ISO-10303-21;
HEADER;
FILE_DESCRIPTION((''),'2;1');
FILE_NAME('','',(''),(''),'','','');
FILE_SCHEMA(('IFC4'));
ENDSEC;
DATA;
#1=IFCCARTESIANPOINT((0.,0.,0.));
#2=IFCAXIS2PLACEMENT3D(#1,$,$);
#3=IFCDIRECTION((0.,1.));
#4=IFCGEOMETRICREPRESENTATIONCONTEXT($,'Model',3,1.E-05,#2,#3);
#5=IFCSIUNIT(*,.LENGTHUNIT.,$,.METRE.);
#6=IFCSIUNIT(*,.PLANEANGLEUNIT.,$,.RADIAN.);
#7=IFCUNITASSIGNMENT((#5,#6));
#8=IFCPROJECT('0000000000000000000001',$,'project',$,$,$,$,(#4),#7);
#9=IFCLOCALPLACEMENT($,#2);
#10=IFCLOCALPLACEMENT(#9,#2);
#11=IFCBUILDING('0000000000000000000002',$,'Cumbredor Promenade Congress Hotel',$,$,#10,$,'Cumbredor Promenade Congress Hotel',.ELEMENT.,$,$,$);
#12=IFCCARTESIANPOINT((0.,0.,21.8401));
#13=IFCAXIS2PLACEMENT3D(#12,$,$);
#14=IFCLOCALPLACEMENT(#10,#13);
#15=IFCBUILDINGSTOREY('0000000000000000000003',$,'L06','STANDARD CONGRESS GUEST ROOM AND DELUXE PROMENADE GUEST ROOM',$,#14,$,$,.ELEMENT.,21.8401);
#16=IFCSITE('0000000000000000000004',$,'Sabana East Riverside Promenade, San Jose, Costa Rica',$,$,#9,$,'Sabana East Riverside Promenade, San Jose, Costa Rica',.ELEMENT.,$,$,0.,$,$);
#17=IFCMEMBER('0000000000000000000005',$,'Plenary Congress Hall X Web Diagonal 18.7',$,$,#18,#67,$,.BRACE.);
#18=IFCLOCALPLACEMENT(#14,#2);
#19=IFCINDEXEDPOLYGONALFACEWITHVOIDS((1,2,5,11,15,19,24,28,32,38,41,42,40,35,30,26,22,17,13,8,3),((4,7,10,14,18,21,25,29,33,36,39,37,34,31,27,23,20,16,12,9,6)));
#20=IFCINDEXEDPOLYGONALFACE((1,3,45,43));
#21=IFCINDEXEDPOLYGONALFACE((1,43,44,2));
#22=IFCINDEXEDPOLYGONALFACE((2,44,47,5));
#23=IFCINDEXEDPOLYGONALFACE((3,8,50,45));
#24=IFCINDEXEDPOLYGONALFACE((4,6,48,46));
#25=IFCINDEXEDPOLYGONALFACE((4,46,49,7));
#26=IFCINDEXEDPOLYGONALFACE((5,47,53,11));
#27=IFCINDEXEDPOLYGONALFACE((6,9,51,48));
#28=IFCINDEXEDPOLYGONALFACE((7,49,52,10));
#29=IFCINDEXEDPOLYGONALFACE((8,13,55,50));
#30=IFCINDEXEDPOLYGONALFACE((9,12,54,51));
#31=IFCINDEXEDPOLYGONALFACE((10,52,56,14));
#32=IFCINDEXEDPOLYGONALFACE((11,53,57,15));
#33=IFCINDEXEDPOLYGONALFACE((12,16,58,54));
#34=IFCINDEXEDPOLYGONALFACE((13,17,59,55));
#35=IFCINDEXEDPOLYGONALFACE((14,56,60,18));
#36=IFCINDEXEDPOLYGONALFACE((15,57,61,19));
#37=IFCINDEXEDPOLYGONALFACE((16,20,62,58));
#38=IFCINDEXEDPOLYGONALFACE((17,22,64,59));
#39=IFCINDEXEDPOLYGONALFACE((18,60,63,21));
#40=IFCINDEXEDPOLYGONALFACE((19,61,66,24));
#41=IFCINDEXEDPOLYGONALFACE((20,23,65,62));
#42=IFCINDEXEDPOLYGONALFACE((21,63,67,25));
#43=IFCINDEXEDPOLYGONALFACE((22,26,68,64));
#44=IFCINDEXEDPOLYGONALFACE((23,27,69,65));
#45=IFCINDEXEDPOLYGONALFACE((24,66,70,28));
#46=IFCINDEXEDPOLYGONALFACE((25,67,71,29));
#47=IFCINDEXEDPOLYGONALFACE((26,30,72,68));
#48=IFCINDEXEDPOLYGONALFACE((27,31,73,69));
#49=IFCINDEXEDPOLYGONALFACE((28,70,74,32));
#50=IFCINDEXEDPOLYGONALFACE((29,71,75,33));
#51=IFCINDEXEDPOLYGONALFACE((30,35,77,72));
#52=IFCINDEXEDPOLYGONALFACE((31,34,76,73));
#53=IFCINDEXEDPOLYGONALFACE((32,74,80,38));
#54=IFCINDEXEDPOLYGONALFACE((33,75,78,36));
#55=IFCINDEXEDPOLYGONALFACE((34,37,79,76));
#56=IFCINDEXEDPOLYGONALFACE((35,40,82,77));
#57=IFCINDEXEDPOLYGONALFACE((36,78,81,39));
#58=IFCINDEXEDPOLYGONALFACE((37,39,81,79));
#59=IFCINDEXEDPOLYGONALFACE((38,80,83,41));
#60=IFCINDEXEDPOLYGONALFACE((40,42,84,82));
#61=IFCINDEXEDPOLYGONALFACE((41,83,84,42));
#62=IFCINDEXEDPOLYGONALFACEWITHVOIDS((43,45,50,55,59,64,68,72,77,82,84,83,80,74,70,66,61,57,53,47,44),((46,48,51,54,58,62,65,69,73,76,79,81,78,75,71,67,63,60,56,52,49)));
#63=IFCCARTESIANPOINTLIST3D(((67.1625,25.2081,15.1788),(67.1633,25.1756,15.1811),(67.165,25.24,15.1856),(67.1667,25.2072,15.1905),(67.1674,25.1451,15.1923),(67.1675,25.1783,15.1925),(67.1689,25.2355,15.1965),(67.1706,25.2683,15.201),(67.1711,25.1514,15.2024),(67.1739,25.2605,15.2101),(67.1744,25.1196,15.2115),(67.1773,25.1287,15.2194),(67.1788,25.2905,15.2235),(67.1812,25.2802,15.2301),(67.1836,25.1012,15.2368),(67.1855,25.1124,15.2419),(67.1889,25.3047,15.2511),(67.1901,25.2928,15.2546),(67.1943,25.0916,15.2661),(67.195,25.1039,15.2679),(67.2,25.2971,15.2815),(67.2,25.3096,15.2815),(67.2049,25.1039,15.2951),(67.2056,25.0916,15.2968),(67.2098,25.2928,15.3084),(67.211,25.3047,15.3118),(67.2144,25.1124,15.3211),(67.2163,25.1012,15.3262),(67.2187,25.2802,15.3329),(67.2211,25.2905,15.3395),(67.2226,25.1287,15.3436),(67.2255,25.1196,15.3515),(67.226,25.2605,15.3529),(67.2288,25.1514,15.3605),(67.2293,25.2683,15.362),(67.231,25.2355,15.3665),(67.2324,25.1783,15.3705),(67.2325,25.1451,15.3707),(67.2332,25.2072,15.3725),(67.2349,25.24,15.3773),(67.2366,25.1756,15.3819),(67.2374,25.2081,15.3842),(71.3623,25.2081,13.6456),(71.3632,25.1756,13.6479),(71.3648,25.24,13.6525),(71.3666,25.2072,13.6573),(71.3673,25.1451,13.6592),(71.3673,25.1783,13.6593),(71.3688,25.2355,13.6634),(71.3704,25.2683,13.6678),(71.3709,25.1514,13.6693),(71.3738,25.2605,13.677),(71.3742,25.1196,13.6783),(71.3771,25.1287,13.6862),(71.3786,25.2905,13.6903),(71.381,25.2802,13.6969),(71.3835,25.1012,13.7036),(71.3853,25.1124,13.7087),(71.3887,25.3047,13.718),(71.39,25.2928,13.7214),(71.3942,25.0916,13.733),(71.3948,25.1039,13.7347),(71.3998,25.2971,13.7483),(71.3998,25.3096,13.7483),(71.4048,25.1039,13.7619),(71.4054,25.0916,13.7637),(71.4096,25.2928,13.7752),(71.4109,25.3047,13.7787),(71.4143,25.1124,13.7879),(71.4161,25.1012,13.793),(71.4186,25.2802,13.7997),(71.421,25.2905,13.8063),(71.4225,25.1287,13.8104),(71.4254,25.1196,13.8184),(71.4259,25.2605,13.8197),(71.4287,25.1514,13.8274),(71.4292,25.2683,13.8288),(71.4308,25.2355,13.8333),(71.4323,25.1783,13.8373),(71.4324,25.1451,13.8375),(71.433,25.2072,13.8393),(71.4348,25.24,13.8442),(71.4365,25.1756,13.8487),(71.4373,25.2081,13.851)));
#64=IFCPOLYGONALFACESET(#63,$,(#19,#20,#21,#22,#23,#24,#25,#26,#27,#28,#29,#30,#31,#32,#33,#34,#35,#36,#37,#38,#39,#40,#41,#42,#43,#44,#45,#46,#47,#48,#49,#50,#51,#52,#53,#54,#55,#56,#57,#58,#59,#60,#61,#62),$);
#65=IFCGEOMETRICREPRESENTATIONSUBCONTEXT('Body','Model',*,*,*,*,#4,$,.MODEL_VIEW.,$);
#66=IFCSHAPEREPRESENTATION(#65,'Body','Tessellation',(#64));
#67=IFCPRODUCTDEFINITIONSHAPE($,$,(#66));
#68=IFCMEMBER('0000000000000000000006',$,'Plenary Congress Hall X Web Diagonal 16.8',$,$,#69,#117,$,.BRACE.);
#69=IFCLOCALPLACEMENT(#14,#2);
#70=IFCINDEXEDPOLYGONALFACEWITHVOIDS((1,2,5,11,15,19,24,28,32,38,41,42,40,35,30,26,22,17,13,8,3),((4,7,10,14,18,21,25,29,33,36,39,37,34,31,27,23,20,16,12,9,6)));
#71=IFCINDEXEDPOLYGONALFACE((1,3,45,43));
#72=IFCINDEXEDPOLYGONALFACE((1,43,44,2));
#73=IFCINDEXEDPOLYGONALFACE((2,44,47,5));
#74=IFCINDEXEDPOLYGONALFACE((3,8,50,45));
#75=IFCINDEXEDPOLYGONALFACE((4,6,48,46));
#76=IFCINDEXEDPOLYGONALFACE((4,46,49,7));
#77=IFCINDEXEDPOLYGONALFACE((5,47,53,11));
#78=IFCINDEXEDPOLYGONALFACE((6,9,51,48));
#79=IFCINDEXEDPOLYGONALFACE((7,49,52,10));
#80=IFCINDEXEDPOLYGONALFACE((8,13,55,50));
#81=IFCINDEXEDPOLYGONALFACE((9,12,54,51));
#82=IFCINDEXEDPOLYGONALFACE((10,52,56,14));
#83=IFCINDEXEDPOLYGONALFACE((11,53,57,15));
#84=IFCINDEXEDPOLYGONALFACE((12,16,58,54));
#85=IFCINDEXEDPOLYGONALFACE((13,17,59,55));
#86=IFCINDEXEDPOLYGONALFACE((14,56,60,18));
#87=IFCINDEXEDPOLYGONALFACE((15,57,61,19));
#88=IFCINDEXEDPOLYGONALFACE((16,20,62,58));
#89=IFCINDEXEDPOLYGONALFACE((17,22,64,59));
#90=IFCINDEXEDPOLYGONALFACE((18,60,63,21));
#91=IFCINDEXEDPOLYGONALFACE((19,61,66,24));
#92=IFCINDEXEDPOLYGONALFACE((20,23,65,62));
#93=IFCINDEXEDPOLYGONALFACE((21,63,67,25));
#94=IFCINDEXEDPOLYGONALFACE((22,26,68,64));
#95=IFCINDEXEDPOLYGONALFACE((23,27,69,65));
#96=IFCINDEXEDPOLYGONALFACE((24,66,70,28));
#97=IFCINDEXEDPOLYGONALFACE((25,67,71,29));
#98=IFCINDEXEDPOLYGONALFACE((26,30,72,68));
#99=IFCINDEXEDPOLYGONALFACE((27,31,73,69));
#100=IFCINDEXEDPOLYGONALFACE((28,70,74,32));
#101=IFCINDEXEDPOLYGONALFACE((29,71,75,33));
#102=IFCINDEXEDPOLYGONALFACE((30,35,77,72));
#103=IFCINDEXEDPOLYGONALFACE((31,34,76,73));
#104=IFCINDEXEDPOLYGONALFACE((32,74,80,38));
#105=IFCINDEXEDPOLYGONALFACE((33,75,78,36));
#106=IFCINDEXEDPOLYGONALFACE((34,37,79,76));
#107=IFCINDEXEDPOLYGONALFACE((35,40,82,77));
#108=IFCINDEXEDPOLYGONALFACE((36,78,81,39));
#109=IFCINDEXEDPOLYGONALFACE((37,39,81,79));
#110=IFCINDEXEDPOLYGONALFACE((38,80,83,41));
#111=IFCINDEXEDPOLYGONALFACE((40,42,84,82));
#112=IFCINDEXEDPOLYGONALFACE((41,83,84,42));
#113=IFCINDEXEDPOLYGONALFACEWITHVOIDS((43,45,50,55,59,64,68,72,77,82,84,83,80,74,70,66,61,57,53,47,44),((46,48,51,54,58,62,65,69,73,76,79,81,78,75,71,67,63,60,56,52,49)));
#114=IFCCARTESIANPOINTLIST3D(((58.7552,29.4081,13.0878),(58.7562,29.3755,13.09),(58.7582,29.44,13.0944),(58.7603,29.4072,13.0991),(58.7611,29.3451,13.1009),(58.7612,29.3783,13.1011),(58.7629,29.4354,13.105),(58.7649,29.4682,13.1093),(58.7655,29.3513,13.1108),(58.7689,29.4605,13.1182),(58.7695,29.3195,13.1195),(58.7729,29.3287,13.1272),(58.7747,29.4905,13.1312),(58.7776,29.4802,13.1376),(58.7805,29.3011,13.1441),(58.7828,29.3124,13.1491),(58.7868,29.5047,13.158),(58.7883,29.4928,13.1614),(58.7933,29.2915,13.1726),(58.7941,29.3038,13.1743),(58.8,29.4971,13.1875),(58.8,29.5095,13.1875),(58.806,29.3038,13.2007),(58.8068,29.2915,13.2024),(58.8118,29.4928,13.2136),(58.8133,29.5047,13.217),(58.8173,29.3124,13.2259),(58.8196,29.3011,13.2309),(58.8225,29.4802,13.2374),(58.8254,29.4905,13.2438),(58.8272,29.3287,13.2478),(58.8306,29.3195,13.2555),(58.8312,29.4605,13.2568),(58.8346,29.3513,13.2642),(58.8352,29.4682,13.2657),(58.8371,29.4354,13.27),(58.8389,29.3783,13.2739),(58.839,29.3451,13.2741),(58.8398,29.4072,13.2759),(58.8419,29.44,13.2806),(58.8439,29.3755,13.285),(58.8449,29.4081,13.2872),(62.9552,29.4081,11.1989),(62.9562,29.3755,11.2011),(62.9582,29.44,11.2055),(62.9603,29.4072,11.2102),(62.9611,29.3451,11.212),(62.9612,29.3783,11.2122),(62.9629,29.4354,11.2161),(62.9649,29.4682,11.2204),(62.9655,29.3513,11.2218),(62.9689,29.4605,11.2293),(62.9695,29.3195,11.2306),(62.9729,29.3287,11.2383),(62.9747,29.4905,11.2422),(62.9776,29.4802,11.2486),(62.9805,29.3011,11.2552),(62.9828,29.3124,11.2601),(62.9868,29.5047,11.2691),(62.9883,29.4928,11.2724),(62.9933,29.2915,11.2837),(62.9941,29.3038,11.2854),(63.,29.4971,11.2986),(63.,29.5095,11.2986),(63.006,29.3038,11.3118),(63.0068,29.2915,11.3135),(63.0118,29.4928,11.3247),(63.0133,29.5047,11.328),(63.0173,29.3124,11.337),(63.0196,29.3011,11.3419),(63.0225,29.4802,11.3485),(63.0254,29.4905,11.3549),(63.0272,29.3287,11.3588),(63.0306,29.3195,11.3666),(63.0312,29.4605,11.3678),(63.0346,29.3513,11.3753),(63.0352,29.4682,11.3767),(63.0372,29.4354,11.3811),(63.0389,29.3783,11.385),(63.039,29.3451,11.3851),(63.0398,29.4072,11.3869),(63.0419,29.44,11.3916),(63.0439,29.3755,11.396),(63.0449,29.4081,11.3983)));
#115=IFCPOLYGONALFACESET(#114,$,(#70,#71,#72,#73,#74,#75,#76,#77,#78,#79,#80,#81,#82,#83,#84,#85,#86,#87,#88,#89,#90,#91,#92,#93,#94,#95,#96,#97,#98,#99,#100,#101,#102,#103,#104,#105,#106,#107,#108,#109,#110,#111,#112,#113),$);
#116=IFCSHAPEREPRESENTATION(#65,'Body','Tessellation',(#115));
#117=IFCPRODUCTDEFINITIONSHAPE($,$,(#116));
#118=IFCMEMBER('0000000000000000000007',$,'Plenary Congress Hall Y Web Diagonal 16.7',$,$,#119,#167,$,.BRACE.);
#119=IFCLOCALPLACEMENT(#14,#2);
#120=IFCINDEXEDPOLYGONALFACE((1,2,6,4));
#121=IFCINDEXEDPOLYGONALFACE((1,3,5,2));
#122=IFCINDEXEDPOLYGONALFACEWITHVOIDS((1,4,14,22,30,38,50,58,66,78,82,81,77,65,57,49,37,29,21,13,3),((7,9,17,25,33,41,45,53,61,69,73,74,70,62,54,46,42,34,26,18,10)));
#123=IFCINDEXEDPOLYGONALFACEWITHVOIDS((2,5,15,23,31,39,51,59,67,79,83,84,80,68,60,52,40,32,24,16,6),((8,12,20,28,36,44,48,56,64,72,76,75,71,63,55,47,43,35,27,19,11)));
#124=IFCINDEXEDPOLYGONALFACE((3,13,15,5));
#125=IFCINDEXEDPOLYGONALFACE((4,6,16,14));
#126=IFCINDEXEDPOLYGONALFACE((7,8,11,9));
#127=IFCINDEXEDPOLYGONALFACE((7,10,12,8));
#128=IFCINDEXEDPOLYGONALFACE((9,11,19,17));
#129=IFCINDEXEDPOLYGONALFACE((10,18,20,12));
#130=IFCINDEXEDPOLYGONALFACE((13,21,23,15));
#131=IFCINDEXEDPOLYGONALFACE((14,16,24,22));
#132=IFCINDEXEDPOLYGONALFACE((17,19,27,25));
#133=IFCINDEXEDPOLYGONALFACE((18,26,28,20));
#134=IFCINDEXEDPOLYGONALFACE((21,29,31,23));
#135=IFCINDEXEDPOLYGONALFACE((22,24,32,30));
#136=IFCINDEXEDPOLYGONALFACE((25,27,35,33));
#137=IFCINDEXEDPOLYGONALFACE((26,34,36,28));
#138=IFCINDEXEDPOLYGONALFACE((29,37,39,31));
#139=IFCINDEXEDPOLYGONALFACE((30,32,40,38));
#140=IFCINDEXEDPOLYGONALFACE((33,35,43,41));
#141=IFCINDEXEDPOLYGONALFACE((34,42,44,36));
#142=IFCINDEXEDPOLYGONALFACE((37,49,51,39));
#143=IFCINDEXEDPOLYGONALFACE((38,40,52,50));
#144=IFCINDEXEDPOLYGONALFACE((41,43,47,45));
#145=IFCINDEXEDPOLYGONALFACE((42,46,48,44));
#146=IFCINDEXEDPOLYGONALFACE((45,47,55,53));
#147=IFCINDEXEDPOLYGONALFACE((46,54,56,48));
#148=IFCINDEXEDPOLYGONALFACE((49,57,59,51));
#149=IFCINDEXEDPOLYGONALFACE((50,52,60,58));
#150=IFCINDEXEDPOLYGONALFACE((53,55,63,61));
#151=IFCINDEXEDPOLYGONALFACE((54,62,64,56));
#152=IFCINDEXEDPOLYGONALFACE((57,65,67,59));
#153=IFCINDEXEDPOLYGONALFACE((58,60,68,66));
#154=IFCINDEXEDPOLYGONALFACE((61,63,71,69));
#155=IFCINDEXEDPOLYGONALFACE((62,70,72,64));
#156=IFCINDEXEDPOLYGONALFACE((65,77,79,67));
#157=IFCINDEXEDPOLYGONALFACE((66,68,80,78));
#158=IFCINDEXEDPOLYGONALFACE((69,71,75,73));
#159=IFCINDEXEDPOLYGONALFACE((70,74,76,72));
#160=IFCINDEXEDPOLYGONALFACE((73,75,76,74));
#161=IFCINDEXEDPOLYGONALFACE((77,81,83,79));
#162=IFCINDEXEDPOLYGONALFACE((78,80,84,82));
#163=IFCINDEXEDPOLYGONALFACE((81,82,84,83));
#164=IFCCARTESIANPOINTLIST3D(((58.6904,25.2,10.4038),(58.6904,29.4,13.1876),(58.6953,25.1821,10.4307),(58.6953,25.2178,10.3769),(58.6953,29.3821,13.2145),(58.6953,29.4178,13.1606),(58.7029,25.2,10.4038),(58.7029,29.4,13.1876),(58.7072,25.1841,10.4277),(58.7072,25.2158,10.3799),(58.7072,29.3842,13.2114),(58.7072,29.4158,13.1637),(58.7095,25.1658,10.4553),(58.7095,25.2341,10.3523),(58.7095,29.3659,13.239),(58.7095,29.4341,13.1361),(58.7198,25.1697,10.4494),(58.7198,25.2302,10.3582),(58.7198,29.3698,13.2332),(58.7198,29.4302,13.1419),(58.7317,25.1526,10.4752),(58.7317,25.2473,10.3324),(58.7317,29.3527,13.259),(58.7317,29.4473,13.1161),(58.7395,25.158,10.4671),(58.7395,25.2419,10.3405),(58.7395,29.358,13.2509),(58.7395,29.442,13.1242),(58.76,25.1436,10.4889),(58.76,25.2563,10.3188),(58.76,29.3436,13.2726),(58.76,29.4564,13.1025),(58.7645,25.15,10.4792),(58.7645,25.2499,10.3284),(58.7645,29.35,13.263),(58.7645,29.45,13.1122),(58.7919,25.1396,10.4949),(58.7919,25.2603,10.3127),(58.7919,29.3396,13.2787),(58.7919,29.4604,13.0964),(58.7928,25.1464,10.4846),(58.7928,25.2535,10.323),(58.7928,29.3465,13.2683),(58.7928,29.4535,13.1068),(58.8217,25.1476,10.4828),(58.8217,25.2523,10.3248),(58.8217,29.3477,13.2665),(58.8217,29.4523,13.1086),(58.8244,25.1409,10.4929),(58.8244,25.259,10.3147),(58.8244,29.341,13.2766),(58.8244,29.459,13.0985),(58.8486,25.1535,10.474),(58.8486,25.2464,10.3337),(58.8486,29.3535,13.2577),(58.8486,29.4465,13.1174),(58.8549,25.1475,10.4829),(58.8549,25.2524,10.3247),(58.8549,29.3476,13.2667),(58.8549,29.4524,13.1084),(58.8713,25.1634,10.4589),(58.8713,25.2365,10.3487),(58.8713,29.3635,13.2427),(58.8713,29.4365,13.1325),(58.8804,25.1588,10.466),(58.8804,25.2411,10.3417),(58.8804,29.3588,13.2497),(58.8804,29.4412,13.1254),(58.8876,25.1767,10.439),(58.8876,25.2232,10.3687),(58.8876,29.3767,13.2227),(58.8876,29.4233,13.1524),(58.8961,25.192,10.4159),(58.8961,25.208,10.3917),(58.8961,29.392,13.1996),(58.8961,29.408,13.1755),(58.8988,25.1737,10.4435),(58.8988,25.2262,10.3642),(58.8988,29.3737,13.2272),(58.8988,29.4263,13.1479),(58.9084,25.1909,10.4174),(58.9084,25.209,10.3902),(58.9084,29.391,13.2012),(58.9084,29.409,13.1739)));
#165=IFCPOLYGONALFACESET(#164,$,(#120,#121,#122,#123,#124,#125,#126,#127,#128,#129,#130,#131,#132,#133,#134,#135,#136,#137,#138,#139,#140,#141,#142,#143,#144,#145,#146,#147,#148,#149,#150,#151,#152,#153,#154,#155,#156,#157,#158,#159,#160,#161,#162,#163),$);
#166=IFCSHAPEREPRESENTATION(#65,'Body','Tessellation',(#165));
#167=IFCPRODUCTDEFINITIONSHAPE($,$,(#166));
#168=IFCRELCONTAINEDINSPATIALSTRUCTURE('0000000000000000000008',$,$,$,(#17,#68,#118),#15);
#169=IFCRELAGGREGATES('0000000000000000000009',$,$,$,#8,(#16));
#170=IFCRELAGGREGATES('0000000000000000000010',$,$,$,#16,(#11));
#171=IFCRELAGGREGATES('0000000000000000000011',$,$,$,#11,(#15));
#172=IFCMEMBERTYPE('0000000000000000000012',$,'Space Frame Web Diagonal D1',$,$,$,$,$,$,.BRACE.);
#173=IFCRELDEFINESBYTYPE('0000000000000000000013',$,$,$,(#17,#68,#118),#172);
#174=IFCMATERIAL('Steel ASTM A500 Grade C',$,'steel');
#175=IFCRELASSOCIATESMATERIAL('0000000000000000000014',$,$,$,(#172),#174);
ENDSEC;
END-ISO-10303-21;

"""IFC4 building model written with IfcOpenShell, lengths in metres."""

from ifc_helpers import new_model, si_unit, direction, frame, origin, origin_2d, place, context, subcontext, project, spatial, hollow_circle, extrude, material, material_profile, profile_set, type_object, element, save


model = new_model("IFC4")

# Units and contexts
model_context = context("Model", 3, precision=1e-05, world=origin(), true_north=direction((0.0, 1.0)))
body_context = subcontext(model_context, "Body", "Model", "MODEL_VIEW")
ifc_project = project(units=[si_unit("LENGTHUNIT", "METRE"), si_unit("PLANEANGLEUNIT", "RADIAN")], contexts=[model_context])

# Site, building, storey
site_placement = place(None, origin())
site = spatial("IfcSite", under=ifc_project, at=site_placement, Name="Sabana East Riverside Promenade, San Jose, Costa Rica", LongName="Sabana East Riverside Promenade, San Jose, Costa Rica", CompositionType="ELEMENT", RefElevation=0.0)
building_placement = place(site_placement, origin())
building = spatial("IfcBuilding", under=site, at=building_placement, Name="Cumbredor Promenade Congress Hotel", LongName="Cumbredor Promenade Congress Hotel", CompositionType="ELEMENT")
storey_placement = place(building_placement, frame((0.0, 0.0, 21.8401)))
storey = spatial("IfcBuildingStorey", under=building, at=storey_placement, Name="L06", Description="STANDARD CONGRESS GUEST ROOM AND DELUXE PROMENADE GUEST ROOM", CompositionType="ELEMENT", Elevation=21.8401)

# Members
ifc_material_1 = material(Name="Steel ASTM A500 Grade C", Category="steel")
ifc_material_profile_1 = material_profile(ifc_material_1, hollow_circle(Radius=0.1096, WallThickness=0.0125, at=origin_2d()), Name="CHS 219.1x12.5")
ifc_profile_set_1 = profile_set([ifc_material_profile_1], Name="Steel ASTM A500 Grade C")
member_type_1 = type_object("IfcMemberType", Name="Space Frame Web Diagonal D1", PredefinedType="BRACE", material=ifc_profile_set_1)
member_1_placement = place(storey_placement, frame((67.2, 25.2, 15.2815), z_axis=(0.939365, 0.0, -0.342918), x_axis=(0.0, 1.0, 0.0)))
element("IfcMember", 1, at=member_1_placement, inside=storey, type_object=member_type_1, Name="Plenary Congress Hall X Web Diagonal 18.7", PredefinedType="BRACE", context=body_context, shape_type="SweptSolid", body=[
    extrude(hollow_circle(Radius=0.1096, WallThickness=0.0125, at=origin_2d()), origin(), (0.0, 0.0, 1.0), 4.4709),
])
member_2_placement = place(storey_placement, frame((58.8, 29.3999, 13.1875), z_axis=(0.912008, 0.0, -0.410173), x_axis=(0.0, 1.0, 0.0)))
element("IfcMember", 2, at=member_2_placement, inside=storey, type_object=member_type_1, Name="Plenary Congress Hall X Web Diagonal 16.8", PredefinedType="BRACE", context=body_context, shape_type="SweptSolid", body=[
    extrude(hollow_circle(Radius=0.1096, WallThickness=0.0125, at=origin_2d()), origin(), (0.0, 0.0, 1.0), 4.6052),
])
member_3_placement = place(storey_placement, frame((58.8, 25.2, 10.4038), z_axis=(0.0, 0.833538, 0.552462), x_axis=(-1.0, 0.0, 0.0)))
element("IfcMember", 3, at=member_3_placement, inside=storey, type_object=member_type_1, Name="Plenary Congress Hall Y Web Diagonal 16.7", PredefinedType="BRACE", context=body_context, shape_type="SweptSolid", body=[
    extrude(hollow_circle(Radius=0.1096, WallThickness=0.0125, at=origin_2d()), origin(), (0.0, 0.0, 1.0), 5.0388),
])

save(model, "model.ifc")
